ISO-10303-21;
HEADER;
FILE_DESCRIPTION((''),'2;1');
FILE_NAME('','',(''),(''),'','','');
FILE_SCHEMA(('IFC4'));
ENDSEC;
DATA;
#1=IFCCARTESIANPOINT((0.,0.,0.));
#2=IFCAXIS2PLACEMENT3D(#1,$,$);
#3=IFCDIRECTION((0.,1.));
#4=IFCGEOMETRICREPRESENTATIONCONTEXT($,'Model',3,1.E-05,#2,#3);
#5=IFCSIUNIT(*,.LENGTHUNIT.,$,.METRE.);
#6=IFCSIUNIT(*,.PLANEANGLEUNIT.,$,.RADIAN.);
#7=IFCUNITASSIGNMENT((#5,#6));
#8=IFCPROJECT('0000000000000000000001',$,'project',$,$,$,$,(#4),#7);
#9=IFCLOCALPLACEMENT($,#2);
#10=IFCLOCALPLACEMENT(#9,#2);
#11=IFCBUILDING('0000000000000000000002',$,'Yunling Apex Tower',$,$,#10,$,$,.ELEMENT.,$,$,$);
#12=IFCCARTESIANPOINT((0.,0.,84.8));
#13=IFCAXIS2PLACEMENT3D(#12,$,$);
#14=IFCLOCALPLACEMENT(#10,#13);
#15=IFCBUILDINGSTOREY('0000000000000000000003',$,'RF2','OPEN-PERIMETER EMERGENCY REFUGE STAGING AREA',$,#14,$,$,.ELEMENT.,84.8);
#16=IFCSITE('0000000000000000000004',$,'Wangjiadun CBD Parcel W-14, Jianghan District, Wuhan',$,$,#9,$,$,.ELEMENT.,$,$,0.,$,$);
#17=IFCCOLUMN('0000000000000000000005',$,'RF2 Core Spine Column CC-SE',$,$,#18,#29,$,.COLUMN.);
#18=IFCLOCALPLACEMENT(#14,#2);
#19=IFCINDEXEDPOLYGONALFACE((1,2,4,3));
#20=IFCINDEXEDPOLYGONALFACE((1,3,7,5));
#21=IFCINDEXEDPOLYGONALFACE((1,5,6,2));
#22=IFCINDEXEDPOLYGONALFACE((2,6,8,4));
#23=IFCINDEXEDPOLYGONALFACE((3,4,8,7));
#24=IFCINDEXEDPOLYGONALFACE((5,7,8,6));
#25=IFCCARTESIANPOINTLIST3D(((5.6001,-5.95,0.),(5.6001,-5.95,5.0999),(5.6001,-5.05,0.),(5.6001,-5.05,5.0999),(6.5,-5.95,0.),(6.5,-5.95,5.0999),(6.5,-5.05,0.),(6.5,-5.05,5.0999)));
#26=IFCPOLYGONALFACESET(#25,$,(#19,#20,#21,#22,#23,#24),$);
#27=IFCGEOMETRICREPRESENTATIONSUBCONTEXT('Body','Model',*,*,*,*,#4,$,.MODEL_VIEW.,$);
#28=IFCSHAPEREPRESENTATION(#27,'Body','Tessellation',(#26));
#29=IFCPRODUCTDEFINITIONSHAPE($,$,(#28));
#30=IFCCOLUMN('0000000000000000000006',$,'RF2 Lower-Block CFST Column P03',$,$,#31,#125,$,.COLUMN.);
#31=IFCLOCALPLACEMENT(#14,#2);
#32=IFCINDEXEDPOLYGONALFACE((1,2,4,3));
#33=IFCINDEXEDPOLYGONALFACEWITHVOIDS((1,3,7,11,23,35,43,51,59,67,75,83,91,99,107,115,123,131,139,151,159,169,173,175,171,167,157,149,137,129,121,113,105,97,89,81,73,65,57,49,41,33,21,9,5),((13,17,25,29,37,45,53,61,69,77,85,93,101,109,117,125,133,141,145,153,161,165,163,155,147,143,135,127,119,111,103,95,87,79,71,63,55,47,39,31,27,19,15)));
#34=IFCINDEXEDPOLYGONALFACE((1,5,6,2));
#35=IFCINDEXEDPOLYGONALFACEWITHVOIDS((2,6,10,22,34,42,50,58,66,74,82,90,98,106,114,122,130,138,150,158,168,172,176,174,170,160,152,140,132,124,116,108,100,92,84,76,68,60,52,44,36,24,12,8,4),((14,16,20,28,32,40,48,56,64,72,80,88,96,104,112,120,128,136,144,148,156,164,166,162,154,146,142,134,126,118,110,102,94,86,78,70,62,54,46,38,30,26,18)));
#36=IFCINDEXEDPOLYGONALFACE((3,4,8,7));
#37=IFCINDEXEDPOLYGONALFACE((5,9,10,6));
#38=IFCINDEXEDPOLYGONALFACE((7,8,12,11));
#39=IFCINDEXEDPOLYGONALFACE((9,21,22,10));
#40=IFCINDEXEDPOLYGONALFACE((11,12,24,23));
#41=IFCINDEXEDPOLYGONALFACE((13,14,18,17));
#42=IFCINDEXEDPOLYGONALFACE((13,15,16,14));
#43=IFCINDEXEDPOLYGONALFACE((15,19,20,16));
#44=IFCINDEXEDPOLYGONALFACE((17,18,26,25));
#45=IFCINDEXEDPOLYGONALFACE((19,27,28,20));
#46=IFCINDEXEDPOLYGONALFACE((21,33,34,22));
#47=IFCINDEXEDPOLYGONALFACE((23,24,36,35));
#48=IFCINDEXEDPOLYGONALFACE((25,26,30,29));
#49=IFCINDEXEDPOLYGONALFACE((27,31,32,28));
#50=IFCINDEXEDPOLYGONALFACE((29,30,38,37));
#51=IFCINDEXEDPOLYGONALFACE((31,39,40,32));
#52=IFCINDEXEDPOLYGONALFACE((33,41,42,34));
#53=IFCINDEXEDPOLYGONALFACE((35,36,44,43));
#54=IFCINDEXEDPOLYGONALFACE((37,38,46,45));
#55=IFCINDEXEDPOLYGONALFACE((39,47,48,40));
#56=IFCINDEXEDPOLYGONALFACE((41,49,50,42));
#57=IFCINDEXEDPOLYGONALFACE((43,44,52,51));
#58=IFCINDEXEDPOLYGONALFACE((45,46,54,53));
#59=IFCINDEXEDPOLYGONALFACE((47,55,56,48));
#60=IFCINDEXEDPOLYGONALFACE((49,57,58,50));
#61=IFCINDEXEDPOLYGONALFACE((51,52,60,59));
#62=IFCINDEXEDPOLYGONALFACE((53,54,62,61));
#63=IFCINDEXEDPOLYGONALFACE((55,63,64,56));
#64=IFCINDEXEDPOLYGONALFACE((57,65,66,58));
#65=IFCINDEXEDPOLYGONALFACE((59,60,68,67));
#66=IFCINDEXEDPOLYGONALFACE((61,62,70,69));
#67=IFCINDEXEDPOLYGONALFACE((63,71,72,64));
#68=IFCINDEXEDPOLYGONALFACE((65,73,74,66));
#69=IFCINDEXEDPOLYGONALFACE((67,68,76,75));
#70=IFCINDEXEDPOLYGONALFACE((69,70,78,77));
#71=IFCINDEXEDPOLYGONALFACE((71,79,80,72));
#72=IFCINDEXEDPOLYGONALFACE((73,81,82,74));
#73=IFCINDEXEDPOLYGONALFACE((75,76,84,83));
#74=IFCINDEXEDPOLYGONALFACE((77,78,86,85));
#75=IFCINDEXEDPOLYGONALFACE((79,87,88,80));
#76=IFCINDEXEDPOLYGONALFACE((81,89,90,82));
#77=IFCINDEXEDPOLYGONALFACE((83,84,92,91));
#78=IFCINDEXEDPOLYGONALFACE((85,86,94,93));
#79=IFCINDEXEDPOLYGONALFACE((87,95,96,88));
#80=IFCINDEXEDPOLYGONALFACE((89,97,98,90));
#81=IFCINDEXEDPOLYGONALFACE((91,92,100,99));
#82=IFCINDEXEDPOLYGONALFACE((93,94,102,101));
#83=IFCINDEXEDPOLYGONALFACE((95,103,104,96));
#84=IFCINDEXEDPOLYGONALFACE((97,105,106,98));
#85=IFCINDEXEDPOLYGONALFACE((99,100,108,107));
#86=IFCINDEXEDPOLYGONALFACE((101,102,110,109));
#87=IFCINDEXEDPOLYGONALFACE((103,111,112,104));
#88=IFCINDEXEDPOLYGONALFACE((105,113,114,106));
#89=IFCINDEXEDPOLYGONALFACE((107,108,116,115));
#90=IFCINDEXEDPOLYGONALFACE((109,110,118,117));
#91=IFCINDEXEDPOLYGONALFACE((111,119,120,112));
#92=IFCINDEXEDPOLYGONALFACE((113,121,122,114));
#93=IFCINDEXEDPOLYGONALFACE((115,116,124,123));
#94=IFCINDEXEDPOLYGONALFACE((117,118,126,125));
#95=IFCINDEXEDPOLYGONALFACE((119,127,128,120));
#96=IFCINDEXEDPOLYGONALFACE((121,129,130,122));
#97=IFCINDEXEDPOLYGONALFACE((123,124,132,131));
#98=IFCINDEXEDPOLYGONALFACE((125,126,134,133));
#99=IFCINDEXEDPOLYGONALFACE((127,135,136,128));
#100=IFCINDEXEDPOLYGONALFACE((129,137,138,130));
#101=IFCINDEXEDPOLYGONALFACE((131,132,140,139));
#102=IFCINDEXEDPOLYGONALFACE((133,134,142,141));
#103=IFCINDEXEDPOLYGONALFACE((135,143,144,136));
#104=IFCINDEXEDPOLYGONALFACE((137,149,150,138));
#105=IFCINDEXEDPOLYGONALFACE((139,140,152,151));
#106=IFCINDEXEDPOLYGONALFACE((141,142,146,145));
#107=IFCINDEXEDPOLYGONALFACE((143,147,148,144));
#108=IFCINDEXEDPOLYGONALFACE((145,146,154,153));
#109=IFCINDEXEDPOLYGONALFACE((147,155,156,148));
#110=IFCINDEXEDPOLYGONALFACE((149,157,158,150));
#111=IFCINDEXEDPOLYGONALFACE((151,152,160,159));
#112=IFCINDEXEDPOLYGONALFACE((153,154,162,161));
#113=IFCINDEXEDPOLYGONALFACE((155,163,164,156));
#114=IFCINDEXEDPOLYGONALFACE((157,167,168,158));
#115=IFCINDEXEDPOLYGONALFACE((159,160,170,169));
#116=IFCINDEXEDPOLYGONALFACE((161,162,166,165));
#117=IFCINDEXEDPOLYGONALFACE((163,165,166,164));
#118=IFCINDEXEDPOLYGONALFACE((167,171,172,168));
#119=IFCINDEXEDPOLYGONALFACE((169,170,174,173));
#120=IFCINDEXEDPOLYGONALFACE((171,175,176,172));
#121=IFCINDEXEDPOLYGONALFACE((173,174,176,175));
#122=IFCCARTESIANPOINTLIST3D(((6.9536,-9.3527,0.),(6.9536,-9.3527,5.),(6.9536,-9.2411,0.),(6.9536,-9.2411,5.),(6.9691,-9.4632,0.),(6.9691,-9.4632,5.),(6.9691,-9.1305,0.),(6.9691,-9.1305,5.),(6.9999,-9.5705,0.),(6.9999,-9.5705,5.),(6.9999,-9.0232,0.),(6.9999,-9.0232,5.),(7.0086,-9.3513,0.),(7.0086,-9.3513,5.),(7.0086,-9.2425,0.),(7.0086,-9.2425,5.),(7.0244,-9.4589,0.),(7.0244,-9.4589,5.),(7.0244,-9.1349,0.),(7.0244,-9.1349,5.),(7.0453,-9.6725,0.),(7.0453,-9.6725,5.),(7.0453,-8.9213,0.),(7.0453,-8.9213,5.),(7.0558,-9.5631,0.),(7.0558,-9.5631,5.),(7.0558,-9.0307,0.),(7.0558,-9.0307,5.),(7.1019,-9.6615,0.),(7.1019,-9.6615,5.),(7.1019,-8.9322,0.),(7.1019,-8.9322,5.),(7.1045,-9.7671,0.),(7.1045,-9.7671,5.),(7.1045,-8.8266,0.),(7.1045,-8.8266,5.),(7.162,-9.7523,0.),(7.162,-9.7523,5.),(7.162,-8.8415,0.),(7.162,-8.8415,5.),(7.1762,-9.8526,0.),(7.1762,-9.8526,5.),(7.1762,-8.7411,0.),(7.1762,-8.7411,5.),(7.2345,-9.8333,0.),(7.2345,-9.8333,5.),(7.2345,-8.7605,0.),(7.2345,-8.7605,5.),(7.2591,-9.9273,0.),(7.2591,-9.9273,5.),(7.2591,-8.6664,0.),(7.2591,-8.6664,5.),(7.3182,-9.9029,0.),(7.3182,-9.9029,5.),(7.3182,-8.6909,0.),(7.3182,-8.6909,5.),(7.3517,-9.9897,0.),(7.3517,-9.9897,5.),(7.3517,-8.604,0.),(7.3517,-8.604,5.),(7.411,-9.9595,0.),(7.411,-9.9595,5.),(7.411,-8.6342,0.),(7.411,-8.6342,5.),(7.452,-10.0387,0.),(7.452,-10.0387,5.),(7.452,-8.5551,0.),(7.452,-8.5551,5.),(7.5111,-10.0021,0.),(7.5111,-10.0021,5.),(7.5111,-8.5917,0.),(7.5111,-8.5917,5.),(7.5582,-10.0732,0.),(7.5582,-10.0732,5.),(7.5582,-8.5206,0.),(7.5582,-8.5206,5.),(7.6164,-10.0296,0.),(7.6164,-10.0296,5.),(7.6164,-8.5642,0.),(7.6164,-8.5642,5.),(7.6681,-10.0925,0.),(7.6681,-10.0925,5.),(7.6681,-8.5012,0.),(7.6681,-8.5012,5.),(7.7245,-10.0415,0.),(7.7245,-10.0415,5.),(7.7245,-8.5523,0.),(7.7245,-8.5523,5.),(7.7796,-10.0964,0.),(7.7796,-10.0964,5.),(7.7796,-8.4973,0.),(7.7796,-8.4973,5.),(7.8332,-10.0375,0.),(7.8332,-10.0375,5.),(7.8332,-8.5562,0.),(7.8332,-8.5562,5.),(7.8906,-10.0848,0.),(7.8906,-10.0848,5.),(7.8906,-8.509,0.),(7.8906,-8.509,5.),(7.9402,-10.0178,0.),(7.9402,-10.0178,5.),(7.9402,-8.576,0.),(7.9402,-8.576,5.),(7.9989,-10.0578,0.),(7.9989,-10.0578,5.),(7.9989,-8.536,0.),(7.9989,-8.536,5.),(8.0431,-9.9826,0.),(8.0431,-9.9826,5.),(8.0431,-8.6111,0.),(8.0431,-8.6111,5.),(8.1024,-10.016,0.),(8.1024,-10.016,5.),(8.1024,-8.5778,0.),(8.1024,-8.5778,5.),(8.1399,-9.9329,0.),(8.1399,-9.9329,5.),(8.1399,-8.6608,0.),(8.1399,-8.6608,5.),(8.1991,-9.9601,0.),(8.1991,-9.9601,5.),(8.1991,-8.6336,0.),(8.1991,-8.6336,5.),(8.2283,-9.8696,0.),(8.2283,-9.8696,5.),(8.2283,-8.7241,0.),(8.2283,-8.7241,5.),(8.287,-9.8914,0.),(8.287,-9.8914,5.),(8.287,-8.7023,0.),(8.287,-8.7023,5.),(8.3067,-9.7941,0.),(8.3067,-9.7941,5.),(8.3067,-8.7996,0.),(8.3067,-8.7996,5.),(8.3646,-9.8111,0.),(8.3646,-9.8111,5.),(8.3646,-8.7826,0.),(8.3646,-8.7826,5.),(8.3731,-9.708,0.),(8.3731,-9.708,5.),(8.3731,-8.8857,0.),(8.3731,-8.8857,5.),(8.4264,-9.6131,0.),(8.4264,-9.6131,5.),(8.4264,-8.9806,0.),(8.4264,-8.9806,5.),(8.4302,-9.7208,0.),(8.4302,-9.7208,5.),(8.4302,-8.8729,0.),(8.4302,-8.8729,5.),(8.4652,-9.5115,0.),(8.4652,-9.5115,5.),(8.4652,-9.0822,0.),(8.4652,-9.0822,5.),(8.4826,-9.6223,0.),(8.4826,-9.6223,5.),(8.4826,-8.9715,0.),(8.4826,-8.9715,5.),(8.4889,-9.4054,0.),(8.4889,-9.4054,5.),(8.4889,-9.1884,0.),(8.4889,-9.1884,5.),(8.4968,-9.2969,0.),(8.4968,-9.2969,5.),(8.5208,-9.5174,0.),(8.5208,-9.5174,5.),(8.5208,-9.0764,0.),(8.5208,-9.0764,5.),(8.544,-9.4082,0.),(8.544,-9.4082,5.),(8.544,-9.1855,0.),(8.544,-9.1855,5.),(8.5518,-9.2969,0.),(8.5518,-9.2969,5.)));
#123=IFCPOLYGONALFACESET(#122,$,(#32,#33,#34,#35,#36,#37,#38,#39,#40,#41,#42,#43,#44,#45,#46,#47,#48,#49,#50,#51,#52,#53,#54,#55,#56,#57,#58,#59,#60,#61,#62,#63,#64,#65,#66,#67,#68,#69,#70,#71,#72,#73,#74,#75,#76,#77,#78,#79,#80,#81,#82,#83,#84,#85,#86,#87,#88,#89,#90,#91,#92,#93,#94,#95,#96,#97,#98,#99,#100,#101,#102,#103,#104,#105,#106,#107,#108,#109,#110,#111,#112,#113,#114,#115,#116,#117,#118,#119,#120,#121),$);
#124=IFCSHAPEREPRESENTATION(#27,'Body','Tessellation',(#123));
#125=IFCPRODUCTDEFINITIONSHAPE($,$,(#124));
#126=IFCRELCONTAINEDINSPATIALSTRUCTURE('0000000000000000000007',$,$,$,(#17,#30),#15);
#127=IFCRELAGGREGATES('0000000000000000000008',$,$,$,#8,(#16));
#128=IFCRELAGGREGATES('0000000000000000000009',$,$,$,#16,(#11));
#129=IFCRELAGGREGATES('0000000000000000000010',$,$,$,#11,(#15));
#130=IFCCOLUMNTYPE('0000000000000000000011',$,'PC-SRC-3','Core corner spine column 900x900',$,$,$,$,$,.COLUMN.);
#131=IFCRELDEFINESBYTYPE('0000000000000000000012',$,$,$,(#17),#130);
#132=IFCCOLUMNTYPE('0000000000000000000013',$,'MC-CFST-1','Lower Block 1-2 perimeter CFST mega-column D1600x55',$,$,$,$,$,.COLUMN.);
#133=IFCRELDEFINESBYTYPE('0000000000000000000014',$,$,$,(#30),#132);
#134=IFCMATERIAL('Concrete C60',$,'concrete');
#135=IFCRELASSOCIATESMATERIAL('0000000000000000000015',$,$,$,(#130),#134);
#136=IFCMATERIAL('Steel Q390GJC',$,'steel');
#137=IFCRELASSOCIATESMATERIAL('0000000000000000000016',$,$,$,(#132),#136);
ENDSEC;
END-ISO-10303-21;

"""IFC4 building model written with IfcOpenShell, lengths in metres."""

from ifc_helpers import new_model, si_unit, direction, frame, origin, origin_2d, place, context, subcontext, project, spatial, rectangle, hollow_circle, extrude, source, transform, mapped, material, material_profile, profile_set, type_object, element, save


model = new_model("IFC4")

# Units and contexts
model_context = context("Model", 3, precision=1e-05, world=origin(), true_north=direction((0.0, 1.0)))
body_context = subcontext(model_context, "Body", "Model", "MODEL_VIEW")
ifc_project = project(units=[si_unit("LENGTHUNIT", "METRE"), si_unit("PLANEANGLEUNIT", "RADIAN")], contexts=[model_context])

# Site, building, storey
site_placement = place(None, origin())
site = spatial("IfcSite", under=ifc_project, at=site_placement, Name="Wangjiadun CBD Parcel W-14, Jianghan District, Wuhan", CompositionType="ELEMENT", RefElevation=0.0)
building_placement = place(site_placement, origin())
building = spatial("IfcBuilding", under=site, at=building_placement, Name="Yunling Apex Tower", CompositionType="ELEMENT")
storey_placement = place(building_placement, frame((0.0, 0.0, 84.8)))
storey = spatial("IfcBuildingStorey", under=building, at=storey_placement, Name="RF2", Description="OPEN-PERIMETER EMERGENCY REFUGE STAGING AREA", CompositionType="ELEMENT", Elevation=84.8)

# Columns
ifc_material_1 = material(Name="Concrete C60", Category="concrete")
ifc_material_profile_1 = material_profile(ifc_material_1, rectangle(XDim=0.8999, YDim=0.8999, at=origin_2d()))
ifc_profile_set_1 = profile_set([ifc_material_profile_1], Name="Concrete C60")
column_type_1 = type_object("IfcColumnType", Name="PC-SRC-3", Description="Core corner spine column 900x900", PredefinedType="COLUMN", material=ifc_profile_set_1)
shared_shape_1 = source(origin(), body_context, "Body", "SweptSolid", [
    extrude(rectangle(XDim=0.8999, YDim=0.8999, at=origin_2d()), origin(), (0.0, 0.0, 1.0), 5.0999),
])
column_placement = place(storey_placement, frame((6.05, -5.5, 0.0), z_axis=(0.0, 0.0, 1.0), x_axis=(1.0, 0.0, 0.0)))
element("IfcColumn", 1, at=column_placement, inside=storey, type_object=column_type_1, Name="RF2 Core Spine Column CC-SE", PredefinedType="COLUMN", context=body_context, shape_type="MappedRepresentation", body=[
    mapped(shared_shape_1, transform((0.0, 0.0, 0.0), scale=1.0)),
])
ifc_material_2 = material(Name="Steel Q390GJC", Category="steel")
ifc_material_profile_2 = material_profile(ifc_material_2, hollow_circle(Radius=0.8, WallThickness=0.0549, at=origin_2d()))
ifc_profile_set_2 = profile_set([ifc_material_profile_2], Name="Steel Q390GJC")
column_type_2 = type_object("IfcColumnType", Name="MC-CFST-1", Description="Lower Block 1-2 perimeter CFST mega-column D1600x55", PredefinedType="COLUMN", material=ifc_profile_set_2)
shared_shape_2 = source(origin(), body_context, "Body", "SweptSolid", [
    extrude(hollow_circle(Radius=0.8, WallThickness=0.0549, at=origin_2d()), origin(), (0.0, 0.0, 1.0), 5.0),
])
for number, where, z_axis, x_axis, name in (
    (2, (7.7517, -9.2969, 0.0), (0.0, 0.0, 1.0), (1.0, 0.0, 0.0), "RF2 Lower-Block CFST Column P03"),
):
    element("IfcColumn", number, at=place(storey_placement, frame(where, z_axis=z_axis, x_axis=x_axis)), inside=storey, type_object=column_type_2, Name=name, PredefinedType="COLUMN", context=body_context, shape_type="MappedRepresentation", body=[
        mapped(shared_shape_2, transform((0.0, 0.0, 0.0), scale=1.0)),
    ])

save(model, "model.ifc")
